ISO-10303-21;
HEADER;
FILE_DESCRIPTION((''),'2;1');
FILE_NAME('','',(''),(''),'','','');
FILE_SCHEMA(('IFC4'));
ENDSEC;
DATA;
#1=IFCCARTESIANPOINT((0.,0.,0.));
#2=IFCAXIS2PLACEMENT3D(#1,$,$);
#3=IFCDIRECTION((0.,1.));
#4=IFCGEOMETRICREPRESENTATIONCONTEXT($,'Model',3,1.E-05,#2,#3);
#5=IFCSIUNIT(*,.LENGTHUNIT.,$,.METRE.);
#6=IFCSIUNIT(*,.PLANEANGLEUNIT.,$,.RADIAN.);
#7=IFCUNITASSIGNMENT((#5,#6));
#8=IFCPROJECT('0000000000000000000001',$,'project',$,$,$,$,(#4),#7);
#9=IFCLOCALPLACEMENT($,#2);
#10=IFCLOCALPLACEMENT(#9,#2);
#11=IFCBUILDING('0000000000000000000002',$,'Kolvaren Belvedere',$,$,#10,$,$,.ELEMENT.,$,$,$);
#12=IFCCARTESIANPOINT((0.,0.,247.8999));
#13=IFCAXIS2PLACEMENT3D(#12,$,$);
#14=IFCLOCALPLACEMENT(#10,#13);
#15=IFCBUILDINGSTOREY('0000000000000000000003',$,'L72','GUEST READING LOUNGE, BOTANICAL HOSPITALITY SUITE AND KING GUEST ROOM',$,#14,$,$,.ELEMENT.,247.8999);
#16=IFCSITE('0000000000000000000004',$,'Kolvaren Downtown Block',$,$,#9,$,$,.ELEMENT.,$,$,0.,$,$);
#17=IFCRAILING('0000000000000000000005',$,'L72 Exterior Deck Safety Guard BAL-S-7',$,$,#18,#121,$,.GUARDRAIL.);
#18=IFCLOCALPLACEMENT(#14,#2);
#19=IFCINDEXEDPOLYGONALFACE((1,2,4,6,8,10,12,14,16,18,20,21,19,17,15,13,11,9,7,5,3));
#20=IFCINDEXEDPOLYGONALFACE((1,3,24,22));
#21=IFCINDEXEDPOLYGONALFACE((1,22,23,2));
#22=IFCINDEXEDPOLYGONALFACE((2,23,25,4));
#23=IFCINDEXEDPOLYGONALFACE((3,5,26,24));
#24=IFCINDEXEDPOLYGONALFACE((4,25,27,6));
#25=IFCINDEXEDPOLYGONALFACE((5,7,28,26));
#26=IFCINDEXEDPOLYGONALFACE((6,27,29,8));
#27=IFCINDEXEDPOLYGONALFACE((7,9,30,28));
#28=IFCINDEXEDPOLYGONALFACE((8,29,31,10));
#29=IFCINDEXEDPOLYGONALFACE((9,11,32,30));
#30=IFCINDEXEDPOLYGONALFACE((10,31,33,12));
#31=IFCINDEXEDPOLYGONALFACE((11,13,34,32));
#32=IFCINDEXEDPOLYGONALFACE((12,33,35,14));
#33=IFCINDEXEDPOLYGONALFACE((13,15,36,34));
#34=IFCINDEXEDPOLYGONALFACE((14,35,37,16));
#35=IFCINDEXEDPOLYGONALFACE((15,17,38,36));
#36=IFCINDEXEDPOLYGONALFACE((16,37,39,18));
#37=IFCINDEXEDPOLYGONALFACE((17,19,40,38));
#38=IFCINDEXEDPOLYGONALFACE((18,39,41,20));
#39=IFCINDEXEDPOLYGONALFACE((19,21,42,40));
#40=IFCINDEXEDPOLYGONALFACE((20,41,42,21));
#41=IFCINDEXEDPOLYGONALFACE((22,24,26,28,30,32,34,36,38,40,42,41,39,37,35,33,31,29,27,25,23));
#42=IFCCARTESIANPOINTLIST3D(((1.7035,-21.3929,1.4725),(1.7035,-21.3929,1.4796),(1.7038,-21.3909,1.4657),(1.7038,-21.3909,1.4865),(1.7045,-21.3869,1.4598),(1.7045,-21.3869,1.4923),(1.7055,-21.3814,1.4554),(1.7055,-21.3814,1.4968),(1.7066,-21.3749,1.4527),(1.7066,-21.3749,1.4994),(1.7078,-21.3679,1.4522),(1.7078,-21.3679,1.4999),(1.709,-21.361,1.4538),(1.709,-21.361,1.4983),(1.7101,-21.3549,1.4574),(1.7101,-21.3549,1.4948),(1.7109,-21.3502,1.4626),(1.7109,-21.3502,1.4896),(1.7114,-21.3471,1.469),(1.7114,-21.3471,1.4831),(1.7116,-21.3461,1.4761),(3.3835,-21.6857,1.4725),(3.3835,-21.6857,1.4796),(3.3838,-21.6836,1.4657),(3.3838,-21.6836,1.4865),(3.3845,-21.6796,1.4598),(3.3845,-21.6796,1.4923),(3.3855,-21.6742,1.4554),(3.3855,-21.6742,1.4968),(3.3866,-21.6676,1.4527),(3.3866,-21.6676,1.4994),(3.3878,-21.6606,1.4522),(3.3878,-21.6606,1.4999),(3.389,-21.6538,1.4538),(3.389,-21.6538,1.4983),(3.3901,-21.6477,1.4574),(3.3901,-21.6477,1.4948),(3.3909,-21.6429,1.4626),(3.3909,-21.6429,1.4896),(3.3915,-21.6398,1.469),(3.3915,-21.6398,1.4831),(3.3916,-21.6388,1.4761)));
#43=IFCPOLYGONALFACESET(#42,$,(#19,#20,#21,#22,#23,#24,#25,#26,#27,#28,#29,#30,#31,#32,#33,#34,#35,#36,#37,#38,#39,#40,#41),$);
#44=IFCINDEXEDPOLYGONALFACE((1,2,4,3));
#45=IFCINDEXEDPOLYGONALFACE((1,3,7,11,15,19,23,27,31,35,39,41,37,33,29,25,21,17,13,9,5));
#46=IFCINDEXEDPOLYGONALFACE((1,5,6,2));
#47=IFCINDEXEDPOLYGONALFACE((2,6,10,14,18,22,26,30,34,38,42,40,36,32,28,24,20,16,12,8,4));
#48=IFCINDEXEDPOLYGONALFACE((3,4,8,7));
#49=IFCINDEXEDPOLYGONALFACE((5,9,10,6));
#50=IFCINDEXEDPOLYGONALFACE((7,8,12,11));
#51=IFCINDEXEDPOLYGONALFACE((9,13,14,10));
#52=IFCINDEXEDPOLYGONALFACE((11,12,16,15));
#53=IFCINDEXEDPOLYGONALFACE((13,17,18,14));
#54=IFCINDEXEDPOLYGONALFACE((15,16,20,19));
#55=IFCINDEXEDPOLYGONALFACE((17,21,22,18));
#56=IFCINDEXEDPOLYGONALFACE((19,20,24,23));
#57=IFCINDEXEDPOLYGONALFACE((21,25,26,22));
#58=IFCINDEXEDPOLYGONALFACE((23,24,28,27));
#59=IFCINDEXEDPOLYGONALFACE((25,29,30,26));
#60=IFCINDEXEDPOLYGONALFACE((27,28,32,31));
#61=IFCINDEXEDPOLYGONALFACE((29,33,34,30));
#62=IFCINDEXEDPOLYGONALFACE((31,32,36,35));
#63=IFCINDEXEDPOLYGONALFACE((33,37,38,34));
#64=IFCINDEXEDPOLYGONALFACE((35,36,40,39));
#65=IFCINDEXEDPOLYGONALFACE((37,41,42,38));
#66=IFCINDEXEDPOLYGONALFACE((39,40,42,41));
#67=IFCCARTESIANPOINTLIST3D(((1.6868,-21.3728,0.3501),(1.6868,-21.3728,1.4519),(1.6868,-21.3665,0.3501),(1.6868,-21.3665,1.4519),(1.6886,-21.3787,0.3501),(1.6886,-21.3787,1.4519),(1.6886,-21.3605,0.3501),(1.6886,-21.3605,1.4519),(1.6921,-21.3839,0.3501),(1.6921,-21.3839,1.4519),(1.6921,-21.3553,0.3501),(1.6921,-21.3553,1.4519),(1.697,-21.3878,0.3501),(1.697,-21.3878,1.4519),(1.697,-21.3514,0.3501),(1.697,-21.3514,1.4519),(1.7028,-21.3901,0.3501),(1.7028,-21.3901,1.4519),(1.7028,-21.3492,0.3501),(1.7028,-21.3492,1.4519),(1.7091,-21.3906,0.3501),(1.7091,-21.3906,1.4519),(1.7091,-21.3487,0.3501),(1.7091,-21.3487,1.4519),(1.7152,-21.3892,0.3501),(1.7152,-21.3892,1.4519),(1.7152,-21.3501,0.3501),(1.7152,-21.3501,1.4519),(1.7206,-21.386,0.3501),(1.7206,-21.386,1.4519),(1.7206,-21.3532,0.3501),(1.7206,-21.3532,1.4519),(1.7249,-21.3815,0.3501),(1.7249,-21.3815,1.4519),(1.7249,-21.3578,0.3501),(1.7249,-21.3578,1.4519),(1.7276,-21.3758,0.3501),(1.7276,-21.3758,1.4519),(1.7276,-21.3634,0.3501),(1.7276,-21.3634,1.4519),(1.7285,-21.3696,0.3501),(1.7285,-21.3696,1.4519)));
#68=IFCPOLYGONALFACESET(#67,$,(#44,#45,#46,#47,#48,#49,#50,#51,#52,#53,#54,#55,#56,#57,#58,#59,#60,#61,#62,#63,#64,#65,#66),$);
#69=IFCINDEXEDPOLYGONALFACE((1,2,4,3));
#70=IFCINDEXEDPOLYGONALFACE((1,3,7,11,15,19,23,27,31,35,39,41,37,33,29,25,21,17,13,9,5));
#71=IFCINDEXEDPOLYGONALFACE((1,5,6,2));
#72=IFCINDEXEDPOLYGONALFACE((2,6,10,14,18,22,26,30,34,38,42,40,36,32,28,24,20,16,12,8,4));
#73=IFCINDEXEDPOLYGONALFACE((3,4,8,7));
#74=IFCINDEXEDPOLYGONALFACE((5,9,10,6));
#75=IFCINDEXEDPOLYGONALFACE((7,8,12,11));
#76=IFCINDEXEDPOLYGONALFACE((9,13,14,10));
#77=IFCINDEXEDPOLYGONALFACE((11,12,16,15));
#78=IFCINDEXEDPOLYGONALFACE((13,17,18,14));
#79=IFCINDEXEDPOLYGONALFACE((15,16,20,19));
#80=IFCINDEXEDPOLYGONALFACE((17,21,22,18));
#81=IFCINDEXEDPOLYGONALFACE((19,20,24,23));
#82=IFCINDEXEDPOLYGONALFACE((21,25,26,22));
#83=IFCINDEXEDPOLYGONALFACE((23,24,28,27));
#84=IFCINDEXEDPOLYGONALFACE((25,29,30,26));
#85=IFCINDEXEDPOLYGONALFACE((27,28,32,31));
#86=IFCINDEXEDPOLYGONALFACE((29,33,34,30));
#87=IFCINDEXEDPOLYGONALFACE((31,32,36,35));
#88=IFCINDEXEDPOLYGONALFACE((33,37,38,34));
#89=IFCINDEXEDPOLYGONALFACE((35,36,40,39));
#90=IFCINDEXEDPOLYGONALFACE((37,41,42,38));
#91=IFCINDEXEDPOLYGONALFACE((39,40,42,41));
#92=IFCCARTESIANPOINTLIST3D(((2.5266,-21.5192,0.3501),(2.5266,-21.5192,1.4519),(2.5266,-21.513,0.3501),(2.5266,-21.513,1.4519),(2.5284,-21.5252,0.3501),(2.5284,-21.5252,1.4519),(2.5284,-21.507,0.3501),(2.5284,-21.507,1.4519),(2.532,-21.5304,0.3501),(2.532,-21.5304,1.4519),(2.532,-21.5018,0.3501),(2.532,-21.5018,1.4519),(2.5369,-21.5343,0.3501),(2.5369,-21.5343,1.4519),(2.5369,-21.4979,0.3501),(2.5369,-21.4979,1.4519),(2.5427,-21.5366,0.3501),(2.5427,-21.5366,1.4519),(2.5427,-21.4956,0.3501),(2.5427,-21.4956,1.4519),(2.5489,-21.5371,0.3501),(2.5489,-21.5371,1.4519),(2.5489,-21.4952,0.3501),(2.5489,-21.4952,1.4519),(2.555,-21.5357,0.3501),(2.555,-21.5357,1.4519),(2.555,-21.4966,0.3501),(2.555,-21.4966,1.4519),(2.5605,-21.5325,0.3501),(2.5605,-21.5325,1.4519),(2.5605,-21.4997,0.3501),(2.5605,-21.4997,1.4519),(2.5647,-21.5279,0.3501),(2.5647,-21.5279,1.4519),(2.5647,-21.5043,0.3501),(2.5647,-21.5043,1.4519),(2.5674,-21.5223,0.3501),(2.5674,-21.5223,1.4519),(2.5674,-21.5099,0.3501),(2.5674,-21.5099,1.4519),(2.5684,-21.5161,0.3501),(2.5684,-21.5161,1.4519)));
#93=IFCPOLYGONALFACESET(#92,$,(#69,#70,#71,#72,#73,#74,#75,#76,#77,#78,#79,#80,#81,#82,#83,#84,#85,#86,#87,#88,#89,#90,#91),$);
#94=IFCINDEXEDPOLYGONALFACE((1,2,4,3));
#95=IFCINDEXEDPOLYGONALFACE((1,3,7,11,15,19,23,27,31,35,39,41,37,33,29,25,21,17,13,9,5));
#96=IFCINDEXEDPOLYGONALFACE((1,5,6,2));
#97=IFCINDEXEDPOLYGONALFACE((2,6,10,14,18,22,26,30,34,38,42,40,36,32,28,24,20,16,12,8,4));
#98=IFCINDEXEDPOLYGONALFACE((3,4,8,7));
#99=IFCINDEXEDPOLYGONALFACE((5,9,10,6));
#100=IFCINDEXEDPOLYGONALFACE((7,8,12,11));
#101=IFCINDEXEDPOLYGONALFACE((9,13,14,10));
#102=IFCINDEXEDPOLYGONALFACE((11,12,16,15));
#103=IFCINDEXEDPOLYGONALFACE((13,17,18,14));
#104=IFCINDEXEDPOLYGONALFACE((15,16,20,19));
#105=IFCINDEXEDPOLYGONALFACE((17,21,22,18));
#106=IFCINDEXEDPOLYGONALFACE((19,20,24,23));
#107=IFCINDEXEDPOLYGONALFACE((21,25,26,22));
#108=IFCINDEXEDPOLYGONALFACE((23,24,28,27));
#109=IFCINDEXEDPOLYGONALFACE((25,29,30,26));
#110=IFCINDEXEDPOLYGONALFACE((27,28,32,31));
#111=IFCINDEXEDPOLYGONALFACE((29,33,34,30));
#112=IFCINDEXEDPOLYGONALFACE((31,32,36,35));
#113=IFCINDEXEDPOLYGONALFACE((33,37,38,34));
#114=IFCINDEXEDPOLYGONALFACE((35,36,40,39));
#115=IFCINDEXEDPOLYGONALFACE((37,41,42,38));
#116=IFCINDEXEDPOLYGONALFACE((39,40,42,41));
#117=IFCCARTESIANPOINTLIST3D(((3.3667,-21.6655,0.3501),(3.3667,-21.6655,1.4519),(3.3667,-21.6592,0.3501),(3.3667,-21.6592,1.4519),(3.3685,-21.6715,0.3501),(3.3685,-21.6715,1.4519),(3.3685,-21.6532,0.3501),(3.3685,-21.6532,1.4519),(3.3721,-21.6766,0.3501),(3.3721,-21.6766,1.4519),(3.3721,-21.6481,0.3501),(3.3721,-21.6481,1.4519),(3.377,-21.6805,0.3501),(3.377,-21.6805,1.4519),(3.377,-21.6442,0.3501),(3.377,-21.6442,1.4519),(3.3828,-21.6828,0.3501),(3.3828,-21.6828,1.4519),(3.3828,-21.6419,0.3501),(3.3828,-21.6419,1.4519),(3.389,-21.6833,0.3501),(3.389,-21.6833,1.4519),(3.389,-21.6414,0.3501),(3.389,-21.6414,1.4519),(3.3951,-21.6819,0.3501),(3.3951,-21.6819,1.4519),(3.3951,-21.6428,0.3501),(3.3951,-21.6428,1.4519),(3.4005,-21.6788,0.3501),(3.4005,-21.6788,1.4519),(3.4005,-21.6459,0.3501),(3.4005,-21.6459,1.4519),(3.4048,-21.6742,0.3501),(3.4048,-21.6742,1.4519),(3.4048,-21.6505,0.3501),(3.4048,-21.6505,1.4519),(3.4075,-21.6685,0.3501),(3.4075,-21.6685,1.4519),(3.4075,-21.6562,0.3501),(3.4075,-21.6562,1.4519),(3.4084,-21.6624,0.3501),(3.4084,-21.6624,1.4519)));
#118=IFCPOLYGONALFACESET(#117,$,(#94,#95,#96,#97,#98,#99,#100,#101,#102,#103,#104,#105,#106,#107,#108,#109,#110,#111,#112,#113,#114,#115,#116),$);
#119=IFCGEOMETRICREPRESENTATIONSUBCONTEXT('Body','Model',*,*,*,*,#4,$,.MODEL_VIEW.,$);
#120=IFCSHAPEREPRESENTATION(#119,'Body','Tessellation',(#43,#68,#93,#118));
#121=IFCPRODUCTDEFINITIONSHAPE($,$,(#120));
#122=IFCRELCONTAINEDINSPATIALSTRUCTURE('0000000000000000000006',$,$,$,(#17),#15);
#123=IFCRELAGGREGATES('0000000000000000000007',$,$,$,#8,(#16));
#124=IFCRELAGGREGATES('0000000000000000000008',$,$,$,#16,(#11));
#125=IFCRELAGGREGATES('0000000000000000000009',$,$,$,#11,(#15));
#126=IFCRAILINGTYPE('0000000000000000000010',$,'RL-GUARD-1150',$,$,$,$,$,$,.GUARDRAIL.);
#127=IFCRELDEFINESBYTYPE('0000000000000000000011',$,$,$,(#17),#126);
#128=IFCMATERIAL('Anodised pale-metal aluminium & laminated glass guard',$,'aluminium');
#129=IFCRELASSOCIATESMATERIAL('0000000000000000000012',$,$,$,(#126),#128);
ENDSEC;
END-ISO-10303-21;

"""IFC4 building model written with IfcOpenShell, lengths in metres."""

from ifc_helpers import new_model, si_unit, direction, frame, origin, origin_2d, place, context, subcontext, project, spatial, circle, extrude, material, type_object, element, save


model = new_model("IFC4")

# Units and contexts
model_context = context("Model", 3, precision=1e-05, world=origin(), true_north=direction((0.0, 1.0)))
body_context = subcontext(model_context, "Body", "Model", "MODEL_VIEW")
ifc_project = project(units=[si_unit("LENGTHUNIT", "METRE"), si_unit("PLANEANGLEUNIT", "RADIAN")], contexts=[model_context])

# Site, building, storey
site_placement = place(None, origin())
site = spatial("IfcSite", under=ifc_project, at=site_placement, Name="Kolvaren Downtown Block", CompositionType="ELEMENT", RefElevation=0.0)
building_placement = place(site_placement, origin())
building = spatial("IfcBuilding", under=site, at=building_placement, Name="Kolvaren Belvedere", CompositionType="ELEMENT")
storey_placement = place(building_placement, frame((0.0, 0.0, 247.8999)))
storey = spatial("IfcBuildingStorey", under=building, at=storey_placement, Name="L72", Description="GUEST READING LOUNGE, BOTANICAL HOSPITALITY SUITE AND KING GUEST ROOM", CompositionType="ELEMENT", Elevation=247.8999)

# Railing
ifc_material_1 = material(Name="Anodised pale-metal aluminium & laminated glass guard", Category="aluminium")
railing_type = type_object("IfcRailingType", Name="RL-GUARD-1150", PredefinedType="GUARDRAIL", material=ifc_material_1)
railing_1_placement = place(storey_placement, frame((1.7075, -21.3696, 0.3501)))
element("IfcRailing", 1, at=railing_1_placement, inside=storey, type_object=railing_type, Name="L72 Exterior Deck Safety Guard BAL-S-7", PredefinedType="GUARDRAIL", context=body_context, shape_type="SweptSolid", body=[
    extrude(circle(Radius=0.0239, at=origin_2d()), frame((0.0, 0.0, 1.126), z_axis=(0.985156, -0.171661, 0.0), x_axis=(0.171661, 0.985156, 0.0)), (0.0, 0.0, 1.0), 1.7053),
    extrude(circle(Radius=0.021, at=origin_2d()), origin(), (0.0, 0.0, 1.0), 1.1018),
    extrude(circle(Radius=0.021, at=origin_2d()), frame((0.8398, -0.1465, 0.0)), (0.0, 0.0, 1.0), 1.1018),
    extrude(circle(Radius=0.021, at=origin_2d()), frame((1.6799, -0.2927, 0.0)), (0.0, 0.0, 1.0), 1.1018),
])

save(model, "model.ifc")
